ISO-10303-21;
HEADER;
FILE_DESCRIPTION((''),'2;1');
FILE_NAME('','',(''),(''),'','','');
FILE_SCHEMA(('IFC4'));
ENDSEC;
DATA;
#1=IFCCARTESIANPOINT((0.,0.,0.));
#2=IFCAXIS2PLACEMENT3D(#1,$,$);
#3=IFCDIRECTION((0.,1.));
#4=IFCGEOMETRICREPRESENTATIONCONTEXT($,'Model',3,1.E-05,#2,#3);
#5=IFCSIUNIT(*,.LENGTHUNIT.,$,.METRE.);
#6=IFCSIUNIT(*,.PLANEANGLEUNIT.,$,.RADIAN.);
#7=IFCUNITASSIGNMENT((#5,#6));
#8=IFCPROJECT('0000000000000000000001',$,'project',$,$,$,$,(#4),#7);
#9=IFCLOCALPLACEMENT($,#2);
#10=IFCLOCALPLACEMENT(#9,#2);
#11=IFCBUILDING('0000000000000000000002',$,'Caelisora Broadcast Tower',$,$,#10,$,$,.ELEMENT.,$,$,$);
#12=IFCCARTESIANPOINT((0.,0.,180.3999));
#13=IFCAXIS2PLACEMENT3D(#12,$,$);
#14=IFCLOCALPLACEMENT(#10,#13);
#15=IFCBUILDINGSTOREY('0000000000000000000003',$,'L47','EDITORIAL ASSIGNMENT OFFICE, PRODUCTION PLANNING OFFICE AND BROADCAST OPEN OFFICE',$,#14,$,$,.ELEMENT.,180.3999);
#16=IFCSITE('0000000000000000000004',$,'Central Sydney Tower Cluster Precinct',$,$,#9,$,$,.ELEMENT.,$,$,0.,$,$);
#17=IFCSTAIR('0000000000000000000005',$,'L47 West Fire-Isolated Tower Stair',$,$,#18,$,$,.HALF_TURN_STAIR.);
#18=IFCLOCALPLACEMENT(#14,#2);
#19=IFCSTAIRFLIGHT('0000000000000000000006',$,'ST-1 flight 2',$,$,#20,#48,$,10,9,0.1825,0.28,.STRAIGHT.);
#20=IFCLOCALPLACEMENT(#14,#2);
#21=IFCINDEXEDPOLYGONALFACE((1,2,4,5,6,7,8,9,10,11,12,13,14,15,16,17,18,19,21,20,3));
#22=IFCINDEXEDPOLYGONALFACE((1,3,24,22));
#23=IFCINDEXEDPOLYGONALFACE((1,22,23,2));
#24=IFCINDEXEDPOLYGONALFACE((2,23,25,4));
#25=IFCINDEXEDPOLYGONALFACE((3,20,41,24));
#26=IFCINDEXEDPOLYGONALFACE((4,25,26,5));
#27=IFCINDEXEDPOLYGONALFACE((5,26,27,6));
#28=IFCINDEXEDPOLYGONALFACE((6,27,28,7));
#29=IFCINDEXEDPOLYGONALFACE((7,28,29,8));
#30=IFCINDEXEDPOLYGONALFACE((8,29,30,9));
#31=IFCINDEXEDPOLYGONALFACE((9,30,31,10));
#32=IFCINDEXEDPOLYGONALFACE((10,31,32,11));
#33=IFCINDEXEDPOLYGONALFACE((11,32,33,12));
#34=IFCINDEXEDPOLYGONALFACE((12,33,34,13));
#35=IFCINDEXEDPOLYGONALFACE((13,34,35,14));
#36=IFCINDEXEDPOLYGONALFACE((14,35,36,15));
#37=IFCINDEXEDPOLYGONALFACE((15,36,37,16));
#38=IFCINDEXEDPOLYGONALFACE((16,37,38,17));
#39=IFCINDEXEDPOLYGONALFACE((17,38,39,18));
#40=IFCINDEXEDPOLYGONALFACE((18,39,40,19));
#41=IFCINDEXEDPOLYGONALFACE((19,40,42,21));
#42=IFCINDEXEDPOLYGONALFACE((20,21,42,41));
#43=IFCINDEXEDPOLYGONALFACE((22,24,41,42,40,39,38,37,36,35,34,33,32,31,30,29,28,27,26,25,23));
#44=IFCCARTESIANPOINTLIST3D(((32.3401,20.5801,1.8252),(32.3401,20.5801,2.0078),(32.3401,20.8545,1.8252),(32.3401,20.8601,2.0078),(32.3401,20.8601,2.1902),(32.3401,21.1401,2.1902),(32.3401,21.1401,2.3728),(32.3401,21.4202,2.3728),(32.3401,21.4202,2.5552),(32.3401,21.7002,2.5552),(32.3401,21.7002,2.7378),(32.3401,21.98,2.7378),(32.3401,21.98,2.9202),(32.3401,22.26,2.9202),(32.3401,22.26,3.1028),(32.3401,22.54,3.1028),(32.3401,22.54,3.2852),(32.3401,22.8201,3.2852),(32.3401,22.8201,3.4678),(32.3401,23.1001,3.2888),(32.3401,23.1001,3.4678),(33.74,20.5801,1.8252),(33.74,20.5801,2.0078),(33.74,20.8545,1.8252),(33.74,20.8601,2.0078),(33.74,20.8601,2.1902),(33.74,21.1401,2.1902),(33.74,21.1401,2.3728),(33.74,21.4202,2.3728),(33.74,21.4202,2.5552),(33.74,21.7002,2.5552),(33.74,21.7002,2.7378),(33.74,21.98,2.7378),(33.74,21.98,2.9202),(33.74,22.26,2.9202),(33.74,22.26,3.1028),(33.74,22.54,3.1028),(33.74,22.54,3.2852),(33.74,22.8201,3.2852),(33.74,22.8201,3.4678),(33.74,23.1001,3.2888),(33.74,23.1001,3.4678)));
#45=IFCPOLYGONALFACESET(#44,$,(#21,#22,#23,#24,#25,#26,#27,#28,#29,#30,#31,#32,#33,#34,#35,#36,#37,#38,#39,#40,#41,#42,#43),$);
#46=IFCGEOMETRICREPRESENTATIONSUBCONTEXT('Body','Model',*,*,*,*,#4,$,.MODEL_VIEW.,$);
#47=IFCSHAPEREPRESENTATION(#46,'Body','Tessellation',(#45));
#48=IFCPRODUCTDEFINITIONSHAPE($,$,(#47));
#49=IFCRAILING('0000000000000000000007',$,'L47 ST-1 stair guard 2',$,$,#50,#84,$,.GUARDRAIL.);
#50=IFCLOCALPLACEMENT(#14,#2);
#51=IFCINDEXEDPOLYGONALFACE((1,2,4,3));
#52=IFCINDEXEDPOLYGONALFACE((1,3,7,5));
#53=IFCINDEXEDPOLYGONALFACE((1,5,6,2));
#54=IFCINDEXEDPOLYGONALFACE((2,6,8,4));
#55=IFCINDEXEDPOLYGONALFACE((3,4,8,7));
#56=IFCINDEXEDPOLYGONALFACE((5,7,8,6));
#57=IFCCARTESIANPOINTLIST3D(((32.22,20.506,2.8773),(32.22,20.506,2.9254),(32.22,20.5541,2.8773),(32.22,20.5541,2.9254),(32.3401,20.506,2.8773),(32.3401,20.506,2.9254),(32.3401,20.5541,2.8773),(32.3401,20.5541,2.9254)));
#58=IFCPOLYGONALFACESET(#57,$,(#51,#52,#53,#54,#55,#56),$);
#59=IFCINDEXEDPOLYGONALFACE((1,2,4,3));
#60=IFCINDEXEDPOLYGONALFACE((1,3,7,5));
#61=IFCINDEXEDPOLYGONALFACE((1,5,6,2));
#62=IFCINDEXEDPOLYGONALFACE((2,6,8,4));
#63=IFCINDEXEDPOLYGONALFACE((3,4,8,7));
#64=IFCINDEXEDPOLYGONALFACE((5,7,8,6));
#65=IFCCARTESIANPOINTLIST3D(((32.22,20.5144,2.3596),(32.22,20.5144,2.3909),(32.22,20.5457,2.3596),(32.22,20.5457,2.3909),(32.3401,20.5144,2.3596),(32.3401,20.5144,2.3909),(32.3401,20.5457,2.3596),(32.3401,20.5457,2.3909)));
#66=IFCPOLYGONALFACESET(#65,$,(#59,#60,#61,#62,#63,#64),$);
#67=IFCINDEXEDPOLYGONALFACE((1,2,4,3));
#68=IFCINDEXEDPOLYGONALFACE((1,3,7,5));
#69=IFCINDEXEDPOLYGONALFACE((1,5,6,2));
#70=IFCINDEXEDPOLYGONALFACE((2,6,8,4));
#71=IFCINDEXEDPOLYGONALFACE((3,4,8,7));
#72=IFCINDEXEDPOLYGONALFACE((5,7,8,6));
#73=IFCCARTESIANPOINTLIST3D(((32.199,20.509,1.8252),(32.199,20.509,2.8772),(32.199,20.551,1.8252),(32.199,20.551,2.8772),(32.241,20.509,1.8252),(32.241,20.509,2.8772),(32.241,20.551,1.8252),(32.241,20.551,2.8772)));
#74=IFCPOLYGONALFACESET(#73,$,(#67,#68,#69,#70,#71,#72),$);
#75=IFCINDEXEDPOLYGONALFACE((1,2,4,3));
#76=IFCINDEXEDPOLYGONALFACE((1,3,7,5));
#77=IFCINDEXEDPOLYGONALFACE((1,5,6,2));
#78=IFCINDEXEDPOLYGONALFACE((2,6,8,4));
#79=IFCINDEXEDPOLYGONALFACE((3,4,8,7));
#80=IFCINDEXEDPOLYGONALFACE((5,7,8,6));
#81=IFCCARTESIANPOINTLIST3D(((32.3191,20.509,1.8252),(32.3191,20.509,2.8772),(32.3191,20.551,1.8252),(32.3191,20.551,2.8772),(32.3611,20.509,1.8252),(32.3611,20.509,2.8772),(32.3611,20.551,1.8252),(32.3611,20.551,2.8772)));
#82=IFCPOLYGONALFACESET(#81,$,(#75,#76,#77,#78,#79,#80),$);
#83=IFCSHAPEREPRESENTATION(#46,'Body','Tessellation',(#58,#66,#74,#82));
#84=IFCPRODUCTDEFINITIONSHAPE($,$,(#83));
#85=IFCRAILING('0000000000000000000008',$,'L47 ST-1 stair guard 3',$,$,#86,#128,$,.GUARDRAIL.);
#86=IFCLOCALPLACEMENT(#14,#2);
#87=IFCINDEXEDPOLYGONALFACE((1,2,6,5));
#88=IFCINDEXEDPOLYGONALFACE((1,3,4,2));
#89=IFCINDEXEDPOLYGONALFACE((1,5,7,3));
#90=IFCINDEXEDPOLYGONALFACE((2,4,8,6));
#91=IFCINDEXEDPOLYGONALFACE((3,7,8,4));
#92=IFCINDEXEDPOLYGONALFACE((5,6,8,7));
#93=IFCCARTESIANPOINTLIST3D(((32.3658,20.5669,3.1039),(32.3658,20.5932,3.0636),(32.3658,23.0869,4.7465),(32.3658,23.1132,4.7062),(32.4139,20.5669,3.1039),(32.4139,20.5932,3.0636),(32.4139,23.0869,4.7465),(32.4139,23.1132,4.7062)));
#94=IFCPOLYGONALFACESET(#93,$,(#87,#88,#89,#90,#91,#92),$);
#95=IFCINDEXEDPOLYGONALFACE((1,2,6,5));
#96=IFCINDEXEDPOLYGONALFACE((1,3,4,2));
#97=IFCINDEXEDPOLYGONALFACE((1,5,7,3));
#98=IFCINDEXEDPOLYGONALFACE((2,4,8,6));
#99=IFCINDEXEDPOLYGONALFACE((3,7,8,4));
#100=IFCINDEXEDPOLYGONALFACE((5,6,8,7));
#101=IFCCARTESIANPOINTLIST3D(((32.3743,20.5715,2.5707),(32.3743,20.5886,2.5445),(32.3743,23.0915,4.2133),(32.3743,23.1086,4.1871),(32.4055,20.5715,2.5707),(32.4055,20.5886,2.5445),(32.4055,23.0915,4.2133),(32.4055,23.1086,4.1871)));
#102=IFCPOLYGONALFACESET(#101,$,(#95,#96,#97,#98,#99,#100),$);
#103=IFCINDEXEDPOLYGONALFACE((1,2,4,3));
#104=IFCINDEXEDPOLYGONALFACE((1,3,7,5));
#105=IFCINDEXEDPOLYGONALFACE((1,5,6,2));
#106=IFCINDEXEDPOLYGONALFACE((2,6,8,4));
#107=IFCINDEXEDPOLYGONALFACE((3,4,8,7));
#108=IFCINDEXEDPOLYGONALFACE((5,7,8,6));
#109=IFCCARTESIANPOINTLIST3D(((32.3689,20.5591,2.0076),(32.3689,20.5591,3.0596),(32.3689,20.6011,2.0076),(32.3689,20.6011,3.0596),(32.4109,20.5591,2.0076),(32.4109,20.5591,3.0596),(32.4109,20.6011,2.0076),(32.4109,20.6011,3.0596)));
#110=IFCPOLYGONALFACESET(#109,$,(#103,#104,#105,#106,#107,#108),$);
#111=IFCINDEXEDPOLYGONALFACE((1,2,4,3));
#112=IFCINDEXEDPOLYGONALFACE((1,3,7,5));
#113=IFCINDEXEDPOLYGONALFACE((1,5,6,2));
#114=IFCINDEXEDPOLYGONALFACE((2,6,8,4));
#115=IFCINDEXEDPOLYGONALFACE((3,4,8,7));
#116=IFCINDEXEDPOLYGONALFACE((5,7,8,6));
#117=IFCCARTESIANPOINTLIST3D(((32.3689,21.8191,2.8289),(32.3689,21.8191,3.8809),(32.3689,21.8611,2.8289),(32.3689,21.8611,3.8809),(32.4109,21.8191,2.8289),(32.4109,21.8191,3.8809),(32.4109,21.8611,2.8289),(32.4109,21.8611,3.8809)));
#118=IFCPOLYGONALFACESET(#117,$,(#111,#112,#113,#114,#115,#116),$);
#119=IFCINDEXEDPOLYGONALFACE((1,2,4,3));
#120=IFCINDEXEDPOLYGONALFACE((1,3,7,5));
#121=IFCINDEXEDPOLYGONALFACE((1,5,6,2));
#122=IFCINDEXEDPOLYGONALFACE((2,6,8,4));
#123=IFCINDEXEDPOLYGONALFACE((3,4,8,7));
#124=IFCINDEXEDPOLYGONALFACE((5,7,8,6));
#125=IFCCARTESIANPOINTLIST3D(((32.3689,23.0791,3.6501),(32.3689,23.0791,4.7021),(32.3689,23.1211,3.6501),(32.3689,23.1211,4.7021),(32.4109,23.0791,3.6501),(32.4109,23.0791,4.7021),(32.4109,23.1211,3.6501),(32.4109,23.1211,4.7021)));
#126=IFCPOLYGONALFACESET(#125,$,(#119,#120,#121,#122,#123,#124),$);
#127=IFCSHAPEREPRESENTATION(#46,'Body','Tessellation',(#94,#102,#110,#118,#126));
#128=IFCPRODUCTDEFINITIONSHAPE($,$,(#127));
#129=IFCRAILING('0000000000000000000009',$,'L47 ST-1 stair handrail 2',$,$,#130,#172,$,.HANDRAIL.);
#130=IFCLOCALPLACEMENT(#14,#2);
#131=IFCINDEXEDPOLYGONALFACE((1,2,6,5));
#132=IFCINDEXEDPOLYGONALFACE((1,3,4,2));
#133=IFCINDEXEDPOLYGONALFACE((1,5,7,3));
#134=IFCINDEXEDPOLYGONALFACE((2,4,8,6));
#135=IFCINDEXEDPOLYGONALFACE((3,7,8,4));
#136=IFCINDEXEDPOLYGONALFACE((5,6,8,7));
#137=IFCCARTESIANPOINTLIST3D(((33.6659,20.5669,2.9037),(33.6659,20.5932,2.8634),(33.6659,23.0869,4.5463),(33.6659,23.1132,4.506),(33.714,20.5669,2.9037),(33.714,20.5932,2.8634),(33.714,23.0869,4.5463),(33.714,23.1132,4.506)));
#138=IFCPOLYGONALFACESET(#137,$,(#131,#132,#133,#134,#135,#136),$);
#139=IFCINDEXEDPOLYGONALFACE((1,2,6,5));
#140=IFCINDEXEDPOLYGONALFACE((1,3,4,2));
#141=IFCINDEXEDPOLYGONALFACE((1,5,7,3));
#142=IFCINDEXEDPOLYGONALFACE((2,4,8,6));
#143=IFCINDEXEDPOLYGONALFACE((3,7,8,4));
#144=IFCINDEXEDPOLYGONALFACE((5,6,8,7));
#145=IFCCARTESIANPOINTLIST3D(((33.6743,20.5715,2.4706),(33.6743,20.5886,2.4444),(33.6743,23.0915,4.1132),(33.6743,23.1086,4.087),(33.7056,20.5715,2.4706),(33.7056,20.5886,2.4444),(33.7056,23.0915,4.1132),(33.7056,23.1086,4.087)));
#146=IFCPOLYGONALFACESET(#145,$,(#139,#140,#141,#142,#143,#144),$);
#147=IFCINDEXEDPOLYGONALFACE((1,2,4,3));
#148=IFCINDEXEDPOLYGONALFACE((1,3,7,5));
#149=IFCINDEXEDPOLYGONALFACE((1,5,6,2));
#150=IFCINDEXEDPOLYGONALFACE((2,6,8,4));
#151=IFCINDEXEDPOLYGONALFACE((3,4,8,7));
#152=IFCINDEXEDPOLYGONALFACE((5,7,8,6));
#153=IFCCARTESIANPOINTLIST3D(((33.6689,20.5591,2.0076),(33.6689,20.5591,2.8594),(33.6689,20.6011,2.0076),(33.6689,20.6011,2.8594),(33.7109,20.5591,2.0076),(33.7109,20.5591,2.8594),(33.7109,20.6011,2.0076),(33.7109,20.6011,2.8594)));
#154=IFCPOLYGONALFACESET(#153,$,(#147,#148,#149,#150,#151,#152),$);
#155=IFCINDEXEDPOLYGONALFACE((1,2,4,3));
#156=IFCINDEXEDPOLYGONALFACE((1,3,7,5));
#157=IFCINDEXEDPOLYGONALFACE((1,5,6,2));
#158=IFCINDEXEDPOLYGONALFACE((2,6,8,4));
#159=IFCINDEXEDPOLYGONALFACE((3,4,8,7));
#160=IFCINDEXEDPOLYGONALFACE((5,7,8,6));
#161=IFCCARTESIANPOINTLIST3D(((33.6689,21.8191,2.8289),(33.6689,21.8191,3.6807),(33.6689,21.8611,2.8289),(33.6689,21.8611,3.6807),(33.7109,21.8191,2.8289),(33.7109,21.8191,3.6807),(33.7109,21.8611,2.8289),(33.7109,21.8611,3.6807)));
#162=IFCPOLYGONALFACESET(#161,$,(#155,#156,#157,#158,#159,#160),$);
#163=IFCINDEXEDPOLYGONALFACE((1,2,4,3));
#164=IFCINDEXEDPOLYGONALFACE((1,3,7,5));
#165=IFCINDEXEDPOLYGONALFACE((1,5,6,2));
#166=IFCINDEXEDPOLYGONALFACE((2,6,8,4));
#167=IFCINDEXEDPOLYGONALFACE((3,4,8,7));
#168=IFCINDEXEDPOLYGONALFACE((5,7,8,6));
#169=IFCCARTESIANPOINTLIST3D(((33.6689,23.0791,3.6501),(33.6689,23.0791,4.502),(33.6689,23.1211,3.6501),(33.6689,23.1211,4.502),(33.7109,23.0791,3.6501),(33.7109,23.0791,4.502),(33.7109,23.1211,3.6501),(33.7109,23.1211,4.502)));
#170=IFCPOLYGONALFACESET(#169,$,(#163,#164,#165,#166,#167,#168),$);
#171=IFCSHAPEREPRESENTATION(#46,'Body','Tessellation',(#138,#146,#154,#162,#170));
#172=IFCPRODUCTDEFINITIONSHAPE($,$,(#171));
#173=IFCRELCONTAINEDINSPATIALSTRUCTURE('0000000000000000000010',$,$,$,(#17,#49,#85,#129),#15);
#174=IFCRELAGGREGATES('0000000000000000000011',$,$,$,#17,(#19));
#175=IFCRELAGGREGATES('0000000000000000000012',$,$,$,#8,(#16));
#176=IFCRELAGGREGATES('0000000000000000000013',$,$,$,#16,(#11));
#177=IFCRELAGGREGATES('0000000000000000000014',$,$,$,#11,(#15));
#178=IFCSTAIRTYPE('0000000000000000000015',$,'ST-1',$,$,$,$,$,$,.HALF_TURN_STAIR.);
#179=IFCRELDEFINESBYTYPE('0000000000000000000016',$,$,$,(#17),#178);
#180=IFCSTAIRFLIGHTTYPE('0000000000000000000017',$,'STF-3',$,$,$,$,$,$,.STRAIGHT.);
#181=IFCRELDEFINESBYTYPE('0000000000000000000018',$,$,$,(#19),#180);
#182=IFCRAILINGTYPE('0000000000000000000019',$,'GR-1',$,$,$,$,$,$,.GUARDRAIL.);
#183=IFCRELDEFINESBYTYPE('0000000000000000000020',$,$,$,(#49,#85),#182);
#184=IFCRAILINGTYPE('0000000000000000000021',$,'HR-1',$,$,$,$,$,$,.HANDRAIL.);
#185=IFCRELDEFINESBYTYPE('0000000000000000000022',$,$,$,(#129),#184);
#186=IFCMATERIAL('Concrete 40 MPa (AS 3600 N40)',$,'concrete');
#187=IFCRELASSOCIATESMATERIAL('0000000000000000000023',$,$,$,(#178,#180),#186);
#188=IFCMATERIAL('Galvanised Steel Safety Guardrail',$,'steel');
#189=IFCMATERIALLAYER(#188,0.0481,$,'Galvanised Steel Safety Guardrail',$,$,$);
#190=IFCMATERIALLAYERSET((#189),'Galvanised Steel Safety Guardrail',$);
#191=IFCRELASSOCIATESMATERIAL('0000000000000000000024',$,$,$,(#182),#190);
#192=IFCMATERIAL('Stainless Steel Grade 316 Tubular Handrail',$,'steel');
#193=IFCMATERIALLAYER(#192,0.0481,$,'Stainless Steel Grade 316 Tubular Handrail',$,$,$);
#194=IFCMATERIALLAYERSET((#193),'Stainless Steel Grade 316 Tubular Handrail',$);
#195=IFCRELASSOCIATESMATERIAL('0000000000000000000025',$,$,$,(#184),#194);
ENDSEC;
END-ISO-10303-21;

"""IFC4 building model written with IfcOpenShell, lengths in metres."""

from ifc_helpers import new_model, si_unit, direction, frame, origin, origin_2d, place, context, subcontext, project, spatial, polyline, rectangle, outline, extrude, material, layer, layer_set, type_object, element, aggregate, save


model = new_model("IFC4")

# Units and contexts
model_context = context("Model", 3, precision=1e-05, world=origin(), true_north=direction((0.0, 1.0)))
body_context = subcontext(model_context, "Body", "Model", "MODEL_VIEW")
ifc_project = project(units=[si_unit("LENGTHUNIT", "METRE"), si_unit("PLANEANGLEUNIT", "RADIAN")], contexts=[model_context])

# Site, building, storey
site_placement = place(None, origin())
site = spatial("IfcSite", under=ifc_project, at=site_placement, Name="Central Sydney Tower Cluster Precinct", CompositionType="ELEMENT", RefElevation=0.0)
building_placement = place(site_placement, origin())
building = spatial("IfcBuilding", under=site, at=building_placement, Name="Caelisora Broadcast Tower", CompositionType="ELEMENT")
storey_placement = place(building_placement, frame((0.0, 0.0, 180.3999)))
storey = spatial("IfcBuildingStorey", under=building, at=storey_placement, Name="L47", Description="EDITORIAL ASSIGNMENT OFFICE, PRODUCTION PLANNING OFFICE AND BROADCAST OPEN OFFICE", CompositionType="ELEMENT", Elevation=180.3999)

# Stair, stair flight
ifc_material_1 = material(Name="Concrete 40 MPa (AS 3600 N40)", Category="concrete")
stair_type = type_object("IfcStairType", Name="ST-1", PredefinedType="HALF_TURN_STAIR", material=ifc_material_1)
stair_placement = place(storey_placement, origin())
stair = element("IfcStair", 1, at=stair_placement, inside=storey, type_object=stair_type, Name="L47 West Fire-Isolated Tower Stair", PredefinedType="HALF_TURN_STAIR")
stair_flight_type = type_object("IfcStairFlightType", Name="STF-3", PredefinedType="STRAIGHT", material=ifc_material_1)
stair_flight_placement = place(storey_placement, frame((33.04, 20.5801, 1.8252), z_axis=(0.0, 0.0, 1.0), x_axis=(0.0, 1.0, 0.0)))
stair_flight = element("IfcStairFlight", 2, at=stair_flight_placement, type_object=stair_flight_type, Name="ST-1 flight 2", NumberOfRisers=10, NumberOfTreads=9, PredefinedType="STRAIGHT", RiserHeight=0.1825, TreadLength=0.28, context=body_context, shape_type="SweptSolid", body=[
    extrude(outline(polyline([(0.0, 0.0), (0.0, 0.1826), (0.28, 0.1826), (0.28, 0.365), (0.5601, 0.365), (0.5601, 0.5476), (0.8401, 0.5476), (0.8401, 0.73), (1.1201, 0.73), (1.1201, 0.9126), (1.3999, 0.9126), (1.3999, 1.095), (1.6799, 1.095), (1.6799, 1.2776), (1.96, 1.2776), (1.96, 1.46), (2.24, 1.46), (2.24, 1.6426), (2.52, 1.6426), (2.52, 1.825), (2.52, 1.4636), (0.2744, 0.0), (0.0, 0.0)])), frame((0.0, 0.7, 0.0), z_axis=(0.0, -1.0, 0.0), x_axis=(1.0, 0.0, 0.0)), (0.0, 0.0, 1.0), 1.3999),
])
aggregate(stair, [stair_flight])

# Railings
ifc_material_2 = material(Name="Galvanised Steel Safety Guardrail", Category="steel")
ifc_layer_1 = layer(ifc_material_2, 0.0481, Name="Galvanised Steel Safety Guardrail")
ifc_layer_set_1 = layer_set([ifc_layer_1], Name="Galvanised Steel Safety Guardrail")
railing_type_1 = type_object("IfcRailingType", Name="GR-1", PredefinedType="GUARDRAIL", material=ifc_layer_set_1)
railing_1_placement = place(storey_placement, frame((32.22, 20.53, 1.8252)))
element("IfcRailing", 3, at=railing_1_placement, inside=storey, type_object=railing_type_1, Name="L47 ST-1 stair guard 2", PredefinedType="GUARDRAIL", context=body_context, shape_type="SweptSolid", body=[
    extrude(rectangle(XDim=0.0481, YDim=0.0481, at=origin_2d()), frame((0.0, 0.0, 1.0762), z_axis=(1.0, 0.0, 0.0), x_axis=(0.0, 1.0, 0.0)), (0.0, 0.0, 1.0), 0.1201),
    extrude(rectangle(XDim=0.0312, YDim=0.0312, at=origin_2d()), frame((0.0, 0.0, 0.55), z_axis=(1.0, 0.0, 0.0), x_axis=(0.0, 1.0, 0.0)), (0.0, 0.0, 1.0), 0.1201),
    extrude(rectangle(XDim=0.042, YDim=0.042, at=origin_2d()), origin(), (0.0, 0.0, 1.0), 1.052),
    extrude(rectangle(XDim=0.042, YDim=0.042, at=origin_2d()), frame((0.1201, 0.0, 0.0)), (0.0, 0.0, 1.0), 1.052),
])
railing_2_placement = place(storey_placement, frame((32.3899, 20.5801, 2.0076)))
element("IfcRailing", 4, at=railing_2_placement, inside=storey, type_object=railing_type_1, Name="L47 ST-1 stair guard 3", PredefinedType="GUARDRAIL", context=body_context, shape_type="SweptSolid", body=[
    extrude(rectangle(XDim=0.0481, YDim=0.0481, at=origin_2d()), frame((0.0, 0.0, 1.0762), z_axis=(0.0, 0.837749, 0.546055), x_axis=(-1.0, 0.0, 0.0)), (0.0, 0.0, 1.0), 3.0081),
    extrude(rectangle(XDim=0.0312, YDim=0.0312, at=origin_2d()), frame((0.0, 0.0, 0.55), z_axis=(0.0, 0.837749, 0.546055), x_axis=(-1.0, 0.0, 0.0)), (0.0, 0.0, 1.0), 3.0081),
    extrude(rectangle(XDim=0.042, YDim=0.042, at=origin_2d()), origin(), (0.0, 0.0, 1.0), 1.052),
    extrude(rectangle(XDim=0.042, YDim=0.042, at=origin_2d()), frame((0.0, 1.26, 0.8213)), (0.0, 0.0, 1.0), 1.052),
    extrude(rectangle(XDim=0.042, YDim=0.042, at=origin_2d()), frame((0.0, 2.52, 1.6426)), (0.0, 0.0, 1.0), 1.052),
])
ifc_material_3 = material(Name="Stainless Steel Grade 316 Tubular Handrail", Category="steel")
ifc_layer_2 = layer(ifc_material_3, 0.0481, Name="Stainless Steel Grade 316 Tubular Handrail")
ifc_layer_set_2 = layer_set([ifc_layer_2], Name="Stainless Steel Grade 316 Tubular Handrail")
railing_type_2 = type_object("IfcRailingType", Name="HR-1", PredefinedType="HANDRAIL", material=ifc_layer_set_2)
railing_3_placement = place(storey_placement, frame((33.6899, 20.5801, 2.0076)))
element("IfcRailing", 5, at=railing_3_placement, inside=storey, type_object=railing_type_2, Name="L47 ST-1 stair handrail 2", PredefinedType="HANDRAIL", context=body_context, shape_type="SweptSolid", body=[
    extrude(rectangle(XDim=0.0481, YDim=0.0481, at=origin_2d()), frame((0.0, 0.0, 0.876), z_axis=(0.0, 0.837749, 0.546055), x_axis=(-1.0, 0.0, 0.0)), (0.0, 0.0, 1.0), 3.0081),
    extrude(rectangle(XDim=0.0312, YDim=0.0312, at=origin_2d()), frame((0.0, 0.0, 0.45), z_axis=(0.0, 0.837749, 0.546055), x_axis=(-1.0, 0.0, 0.0)), (0.0, 0.0, 1.0), 3.0081),
    extrude(rectangle(XDim=0.042, YDim=0.042, at=origin_2d()), origin(), (0.0, 0.0, 1.0), 0.8518),
    extrude(rectangle(XDim=0.042, YDim=0.042, at=origin_2d()), frame((0.0, 1.26, 0.8213)), (0.0, 0.0, 1.0), 0.8518),
    extrude(rectangle(XDim=0.042, YDim=0.042, at=origin_2d()), frame((0.0, 2.52, 1.6426)), (0.0, 0.0, 1.0), 0.8518),
])

save(model, "model.ifc")
